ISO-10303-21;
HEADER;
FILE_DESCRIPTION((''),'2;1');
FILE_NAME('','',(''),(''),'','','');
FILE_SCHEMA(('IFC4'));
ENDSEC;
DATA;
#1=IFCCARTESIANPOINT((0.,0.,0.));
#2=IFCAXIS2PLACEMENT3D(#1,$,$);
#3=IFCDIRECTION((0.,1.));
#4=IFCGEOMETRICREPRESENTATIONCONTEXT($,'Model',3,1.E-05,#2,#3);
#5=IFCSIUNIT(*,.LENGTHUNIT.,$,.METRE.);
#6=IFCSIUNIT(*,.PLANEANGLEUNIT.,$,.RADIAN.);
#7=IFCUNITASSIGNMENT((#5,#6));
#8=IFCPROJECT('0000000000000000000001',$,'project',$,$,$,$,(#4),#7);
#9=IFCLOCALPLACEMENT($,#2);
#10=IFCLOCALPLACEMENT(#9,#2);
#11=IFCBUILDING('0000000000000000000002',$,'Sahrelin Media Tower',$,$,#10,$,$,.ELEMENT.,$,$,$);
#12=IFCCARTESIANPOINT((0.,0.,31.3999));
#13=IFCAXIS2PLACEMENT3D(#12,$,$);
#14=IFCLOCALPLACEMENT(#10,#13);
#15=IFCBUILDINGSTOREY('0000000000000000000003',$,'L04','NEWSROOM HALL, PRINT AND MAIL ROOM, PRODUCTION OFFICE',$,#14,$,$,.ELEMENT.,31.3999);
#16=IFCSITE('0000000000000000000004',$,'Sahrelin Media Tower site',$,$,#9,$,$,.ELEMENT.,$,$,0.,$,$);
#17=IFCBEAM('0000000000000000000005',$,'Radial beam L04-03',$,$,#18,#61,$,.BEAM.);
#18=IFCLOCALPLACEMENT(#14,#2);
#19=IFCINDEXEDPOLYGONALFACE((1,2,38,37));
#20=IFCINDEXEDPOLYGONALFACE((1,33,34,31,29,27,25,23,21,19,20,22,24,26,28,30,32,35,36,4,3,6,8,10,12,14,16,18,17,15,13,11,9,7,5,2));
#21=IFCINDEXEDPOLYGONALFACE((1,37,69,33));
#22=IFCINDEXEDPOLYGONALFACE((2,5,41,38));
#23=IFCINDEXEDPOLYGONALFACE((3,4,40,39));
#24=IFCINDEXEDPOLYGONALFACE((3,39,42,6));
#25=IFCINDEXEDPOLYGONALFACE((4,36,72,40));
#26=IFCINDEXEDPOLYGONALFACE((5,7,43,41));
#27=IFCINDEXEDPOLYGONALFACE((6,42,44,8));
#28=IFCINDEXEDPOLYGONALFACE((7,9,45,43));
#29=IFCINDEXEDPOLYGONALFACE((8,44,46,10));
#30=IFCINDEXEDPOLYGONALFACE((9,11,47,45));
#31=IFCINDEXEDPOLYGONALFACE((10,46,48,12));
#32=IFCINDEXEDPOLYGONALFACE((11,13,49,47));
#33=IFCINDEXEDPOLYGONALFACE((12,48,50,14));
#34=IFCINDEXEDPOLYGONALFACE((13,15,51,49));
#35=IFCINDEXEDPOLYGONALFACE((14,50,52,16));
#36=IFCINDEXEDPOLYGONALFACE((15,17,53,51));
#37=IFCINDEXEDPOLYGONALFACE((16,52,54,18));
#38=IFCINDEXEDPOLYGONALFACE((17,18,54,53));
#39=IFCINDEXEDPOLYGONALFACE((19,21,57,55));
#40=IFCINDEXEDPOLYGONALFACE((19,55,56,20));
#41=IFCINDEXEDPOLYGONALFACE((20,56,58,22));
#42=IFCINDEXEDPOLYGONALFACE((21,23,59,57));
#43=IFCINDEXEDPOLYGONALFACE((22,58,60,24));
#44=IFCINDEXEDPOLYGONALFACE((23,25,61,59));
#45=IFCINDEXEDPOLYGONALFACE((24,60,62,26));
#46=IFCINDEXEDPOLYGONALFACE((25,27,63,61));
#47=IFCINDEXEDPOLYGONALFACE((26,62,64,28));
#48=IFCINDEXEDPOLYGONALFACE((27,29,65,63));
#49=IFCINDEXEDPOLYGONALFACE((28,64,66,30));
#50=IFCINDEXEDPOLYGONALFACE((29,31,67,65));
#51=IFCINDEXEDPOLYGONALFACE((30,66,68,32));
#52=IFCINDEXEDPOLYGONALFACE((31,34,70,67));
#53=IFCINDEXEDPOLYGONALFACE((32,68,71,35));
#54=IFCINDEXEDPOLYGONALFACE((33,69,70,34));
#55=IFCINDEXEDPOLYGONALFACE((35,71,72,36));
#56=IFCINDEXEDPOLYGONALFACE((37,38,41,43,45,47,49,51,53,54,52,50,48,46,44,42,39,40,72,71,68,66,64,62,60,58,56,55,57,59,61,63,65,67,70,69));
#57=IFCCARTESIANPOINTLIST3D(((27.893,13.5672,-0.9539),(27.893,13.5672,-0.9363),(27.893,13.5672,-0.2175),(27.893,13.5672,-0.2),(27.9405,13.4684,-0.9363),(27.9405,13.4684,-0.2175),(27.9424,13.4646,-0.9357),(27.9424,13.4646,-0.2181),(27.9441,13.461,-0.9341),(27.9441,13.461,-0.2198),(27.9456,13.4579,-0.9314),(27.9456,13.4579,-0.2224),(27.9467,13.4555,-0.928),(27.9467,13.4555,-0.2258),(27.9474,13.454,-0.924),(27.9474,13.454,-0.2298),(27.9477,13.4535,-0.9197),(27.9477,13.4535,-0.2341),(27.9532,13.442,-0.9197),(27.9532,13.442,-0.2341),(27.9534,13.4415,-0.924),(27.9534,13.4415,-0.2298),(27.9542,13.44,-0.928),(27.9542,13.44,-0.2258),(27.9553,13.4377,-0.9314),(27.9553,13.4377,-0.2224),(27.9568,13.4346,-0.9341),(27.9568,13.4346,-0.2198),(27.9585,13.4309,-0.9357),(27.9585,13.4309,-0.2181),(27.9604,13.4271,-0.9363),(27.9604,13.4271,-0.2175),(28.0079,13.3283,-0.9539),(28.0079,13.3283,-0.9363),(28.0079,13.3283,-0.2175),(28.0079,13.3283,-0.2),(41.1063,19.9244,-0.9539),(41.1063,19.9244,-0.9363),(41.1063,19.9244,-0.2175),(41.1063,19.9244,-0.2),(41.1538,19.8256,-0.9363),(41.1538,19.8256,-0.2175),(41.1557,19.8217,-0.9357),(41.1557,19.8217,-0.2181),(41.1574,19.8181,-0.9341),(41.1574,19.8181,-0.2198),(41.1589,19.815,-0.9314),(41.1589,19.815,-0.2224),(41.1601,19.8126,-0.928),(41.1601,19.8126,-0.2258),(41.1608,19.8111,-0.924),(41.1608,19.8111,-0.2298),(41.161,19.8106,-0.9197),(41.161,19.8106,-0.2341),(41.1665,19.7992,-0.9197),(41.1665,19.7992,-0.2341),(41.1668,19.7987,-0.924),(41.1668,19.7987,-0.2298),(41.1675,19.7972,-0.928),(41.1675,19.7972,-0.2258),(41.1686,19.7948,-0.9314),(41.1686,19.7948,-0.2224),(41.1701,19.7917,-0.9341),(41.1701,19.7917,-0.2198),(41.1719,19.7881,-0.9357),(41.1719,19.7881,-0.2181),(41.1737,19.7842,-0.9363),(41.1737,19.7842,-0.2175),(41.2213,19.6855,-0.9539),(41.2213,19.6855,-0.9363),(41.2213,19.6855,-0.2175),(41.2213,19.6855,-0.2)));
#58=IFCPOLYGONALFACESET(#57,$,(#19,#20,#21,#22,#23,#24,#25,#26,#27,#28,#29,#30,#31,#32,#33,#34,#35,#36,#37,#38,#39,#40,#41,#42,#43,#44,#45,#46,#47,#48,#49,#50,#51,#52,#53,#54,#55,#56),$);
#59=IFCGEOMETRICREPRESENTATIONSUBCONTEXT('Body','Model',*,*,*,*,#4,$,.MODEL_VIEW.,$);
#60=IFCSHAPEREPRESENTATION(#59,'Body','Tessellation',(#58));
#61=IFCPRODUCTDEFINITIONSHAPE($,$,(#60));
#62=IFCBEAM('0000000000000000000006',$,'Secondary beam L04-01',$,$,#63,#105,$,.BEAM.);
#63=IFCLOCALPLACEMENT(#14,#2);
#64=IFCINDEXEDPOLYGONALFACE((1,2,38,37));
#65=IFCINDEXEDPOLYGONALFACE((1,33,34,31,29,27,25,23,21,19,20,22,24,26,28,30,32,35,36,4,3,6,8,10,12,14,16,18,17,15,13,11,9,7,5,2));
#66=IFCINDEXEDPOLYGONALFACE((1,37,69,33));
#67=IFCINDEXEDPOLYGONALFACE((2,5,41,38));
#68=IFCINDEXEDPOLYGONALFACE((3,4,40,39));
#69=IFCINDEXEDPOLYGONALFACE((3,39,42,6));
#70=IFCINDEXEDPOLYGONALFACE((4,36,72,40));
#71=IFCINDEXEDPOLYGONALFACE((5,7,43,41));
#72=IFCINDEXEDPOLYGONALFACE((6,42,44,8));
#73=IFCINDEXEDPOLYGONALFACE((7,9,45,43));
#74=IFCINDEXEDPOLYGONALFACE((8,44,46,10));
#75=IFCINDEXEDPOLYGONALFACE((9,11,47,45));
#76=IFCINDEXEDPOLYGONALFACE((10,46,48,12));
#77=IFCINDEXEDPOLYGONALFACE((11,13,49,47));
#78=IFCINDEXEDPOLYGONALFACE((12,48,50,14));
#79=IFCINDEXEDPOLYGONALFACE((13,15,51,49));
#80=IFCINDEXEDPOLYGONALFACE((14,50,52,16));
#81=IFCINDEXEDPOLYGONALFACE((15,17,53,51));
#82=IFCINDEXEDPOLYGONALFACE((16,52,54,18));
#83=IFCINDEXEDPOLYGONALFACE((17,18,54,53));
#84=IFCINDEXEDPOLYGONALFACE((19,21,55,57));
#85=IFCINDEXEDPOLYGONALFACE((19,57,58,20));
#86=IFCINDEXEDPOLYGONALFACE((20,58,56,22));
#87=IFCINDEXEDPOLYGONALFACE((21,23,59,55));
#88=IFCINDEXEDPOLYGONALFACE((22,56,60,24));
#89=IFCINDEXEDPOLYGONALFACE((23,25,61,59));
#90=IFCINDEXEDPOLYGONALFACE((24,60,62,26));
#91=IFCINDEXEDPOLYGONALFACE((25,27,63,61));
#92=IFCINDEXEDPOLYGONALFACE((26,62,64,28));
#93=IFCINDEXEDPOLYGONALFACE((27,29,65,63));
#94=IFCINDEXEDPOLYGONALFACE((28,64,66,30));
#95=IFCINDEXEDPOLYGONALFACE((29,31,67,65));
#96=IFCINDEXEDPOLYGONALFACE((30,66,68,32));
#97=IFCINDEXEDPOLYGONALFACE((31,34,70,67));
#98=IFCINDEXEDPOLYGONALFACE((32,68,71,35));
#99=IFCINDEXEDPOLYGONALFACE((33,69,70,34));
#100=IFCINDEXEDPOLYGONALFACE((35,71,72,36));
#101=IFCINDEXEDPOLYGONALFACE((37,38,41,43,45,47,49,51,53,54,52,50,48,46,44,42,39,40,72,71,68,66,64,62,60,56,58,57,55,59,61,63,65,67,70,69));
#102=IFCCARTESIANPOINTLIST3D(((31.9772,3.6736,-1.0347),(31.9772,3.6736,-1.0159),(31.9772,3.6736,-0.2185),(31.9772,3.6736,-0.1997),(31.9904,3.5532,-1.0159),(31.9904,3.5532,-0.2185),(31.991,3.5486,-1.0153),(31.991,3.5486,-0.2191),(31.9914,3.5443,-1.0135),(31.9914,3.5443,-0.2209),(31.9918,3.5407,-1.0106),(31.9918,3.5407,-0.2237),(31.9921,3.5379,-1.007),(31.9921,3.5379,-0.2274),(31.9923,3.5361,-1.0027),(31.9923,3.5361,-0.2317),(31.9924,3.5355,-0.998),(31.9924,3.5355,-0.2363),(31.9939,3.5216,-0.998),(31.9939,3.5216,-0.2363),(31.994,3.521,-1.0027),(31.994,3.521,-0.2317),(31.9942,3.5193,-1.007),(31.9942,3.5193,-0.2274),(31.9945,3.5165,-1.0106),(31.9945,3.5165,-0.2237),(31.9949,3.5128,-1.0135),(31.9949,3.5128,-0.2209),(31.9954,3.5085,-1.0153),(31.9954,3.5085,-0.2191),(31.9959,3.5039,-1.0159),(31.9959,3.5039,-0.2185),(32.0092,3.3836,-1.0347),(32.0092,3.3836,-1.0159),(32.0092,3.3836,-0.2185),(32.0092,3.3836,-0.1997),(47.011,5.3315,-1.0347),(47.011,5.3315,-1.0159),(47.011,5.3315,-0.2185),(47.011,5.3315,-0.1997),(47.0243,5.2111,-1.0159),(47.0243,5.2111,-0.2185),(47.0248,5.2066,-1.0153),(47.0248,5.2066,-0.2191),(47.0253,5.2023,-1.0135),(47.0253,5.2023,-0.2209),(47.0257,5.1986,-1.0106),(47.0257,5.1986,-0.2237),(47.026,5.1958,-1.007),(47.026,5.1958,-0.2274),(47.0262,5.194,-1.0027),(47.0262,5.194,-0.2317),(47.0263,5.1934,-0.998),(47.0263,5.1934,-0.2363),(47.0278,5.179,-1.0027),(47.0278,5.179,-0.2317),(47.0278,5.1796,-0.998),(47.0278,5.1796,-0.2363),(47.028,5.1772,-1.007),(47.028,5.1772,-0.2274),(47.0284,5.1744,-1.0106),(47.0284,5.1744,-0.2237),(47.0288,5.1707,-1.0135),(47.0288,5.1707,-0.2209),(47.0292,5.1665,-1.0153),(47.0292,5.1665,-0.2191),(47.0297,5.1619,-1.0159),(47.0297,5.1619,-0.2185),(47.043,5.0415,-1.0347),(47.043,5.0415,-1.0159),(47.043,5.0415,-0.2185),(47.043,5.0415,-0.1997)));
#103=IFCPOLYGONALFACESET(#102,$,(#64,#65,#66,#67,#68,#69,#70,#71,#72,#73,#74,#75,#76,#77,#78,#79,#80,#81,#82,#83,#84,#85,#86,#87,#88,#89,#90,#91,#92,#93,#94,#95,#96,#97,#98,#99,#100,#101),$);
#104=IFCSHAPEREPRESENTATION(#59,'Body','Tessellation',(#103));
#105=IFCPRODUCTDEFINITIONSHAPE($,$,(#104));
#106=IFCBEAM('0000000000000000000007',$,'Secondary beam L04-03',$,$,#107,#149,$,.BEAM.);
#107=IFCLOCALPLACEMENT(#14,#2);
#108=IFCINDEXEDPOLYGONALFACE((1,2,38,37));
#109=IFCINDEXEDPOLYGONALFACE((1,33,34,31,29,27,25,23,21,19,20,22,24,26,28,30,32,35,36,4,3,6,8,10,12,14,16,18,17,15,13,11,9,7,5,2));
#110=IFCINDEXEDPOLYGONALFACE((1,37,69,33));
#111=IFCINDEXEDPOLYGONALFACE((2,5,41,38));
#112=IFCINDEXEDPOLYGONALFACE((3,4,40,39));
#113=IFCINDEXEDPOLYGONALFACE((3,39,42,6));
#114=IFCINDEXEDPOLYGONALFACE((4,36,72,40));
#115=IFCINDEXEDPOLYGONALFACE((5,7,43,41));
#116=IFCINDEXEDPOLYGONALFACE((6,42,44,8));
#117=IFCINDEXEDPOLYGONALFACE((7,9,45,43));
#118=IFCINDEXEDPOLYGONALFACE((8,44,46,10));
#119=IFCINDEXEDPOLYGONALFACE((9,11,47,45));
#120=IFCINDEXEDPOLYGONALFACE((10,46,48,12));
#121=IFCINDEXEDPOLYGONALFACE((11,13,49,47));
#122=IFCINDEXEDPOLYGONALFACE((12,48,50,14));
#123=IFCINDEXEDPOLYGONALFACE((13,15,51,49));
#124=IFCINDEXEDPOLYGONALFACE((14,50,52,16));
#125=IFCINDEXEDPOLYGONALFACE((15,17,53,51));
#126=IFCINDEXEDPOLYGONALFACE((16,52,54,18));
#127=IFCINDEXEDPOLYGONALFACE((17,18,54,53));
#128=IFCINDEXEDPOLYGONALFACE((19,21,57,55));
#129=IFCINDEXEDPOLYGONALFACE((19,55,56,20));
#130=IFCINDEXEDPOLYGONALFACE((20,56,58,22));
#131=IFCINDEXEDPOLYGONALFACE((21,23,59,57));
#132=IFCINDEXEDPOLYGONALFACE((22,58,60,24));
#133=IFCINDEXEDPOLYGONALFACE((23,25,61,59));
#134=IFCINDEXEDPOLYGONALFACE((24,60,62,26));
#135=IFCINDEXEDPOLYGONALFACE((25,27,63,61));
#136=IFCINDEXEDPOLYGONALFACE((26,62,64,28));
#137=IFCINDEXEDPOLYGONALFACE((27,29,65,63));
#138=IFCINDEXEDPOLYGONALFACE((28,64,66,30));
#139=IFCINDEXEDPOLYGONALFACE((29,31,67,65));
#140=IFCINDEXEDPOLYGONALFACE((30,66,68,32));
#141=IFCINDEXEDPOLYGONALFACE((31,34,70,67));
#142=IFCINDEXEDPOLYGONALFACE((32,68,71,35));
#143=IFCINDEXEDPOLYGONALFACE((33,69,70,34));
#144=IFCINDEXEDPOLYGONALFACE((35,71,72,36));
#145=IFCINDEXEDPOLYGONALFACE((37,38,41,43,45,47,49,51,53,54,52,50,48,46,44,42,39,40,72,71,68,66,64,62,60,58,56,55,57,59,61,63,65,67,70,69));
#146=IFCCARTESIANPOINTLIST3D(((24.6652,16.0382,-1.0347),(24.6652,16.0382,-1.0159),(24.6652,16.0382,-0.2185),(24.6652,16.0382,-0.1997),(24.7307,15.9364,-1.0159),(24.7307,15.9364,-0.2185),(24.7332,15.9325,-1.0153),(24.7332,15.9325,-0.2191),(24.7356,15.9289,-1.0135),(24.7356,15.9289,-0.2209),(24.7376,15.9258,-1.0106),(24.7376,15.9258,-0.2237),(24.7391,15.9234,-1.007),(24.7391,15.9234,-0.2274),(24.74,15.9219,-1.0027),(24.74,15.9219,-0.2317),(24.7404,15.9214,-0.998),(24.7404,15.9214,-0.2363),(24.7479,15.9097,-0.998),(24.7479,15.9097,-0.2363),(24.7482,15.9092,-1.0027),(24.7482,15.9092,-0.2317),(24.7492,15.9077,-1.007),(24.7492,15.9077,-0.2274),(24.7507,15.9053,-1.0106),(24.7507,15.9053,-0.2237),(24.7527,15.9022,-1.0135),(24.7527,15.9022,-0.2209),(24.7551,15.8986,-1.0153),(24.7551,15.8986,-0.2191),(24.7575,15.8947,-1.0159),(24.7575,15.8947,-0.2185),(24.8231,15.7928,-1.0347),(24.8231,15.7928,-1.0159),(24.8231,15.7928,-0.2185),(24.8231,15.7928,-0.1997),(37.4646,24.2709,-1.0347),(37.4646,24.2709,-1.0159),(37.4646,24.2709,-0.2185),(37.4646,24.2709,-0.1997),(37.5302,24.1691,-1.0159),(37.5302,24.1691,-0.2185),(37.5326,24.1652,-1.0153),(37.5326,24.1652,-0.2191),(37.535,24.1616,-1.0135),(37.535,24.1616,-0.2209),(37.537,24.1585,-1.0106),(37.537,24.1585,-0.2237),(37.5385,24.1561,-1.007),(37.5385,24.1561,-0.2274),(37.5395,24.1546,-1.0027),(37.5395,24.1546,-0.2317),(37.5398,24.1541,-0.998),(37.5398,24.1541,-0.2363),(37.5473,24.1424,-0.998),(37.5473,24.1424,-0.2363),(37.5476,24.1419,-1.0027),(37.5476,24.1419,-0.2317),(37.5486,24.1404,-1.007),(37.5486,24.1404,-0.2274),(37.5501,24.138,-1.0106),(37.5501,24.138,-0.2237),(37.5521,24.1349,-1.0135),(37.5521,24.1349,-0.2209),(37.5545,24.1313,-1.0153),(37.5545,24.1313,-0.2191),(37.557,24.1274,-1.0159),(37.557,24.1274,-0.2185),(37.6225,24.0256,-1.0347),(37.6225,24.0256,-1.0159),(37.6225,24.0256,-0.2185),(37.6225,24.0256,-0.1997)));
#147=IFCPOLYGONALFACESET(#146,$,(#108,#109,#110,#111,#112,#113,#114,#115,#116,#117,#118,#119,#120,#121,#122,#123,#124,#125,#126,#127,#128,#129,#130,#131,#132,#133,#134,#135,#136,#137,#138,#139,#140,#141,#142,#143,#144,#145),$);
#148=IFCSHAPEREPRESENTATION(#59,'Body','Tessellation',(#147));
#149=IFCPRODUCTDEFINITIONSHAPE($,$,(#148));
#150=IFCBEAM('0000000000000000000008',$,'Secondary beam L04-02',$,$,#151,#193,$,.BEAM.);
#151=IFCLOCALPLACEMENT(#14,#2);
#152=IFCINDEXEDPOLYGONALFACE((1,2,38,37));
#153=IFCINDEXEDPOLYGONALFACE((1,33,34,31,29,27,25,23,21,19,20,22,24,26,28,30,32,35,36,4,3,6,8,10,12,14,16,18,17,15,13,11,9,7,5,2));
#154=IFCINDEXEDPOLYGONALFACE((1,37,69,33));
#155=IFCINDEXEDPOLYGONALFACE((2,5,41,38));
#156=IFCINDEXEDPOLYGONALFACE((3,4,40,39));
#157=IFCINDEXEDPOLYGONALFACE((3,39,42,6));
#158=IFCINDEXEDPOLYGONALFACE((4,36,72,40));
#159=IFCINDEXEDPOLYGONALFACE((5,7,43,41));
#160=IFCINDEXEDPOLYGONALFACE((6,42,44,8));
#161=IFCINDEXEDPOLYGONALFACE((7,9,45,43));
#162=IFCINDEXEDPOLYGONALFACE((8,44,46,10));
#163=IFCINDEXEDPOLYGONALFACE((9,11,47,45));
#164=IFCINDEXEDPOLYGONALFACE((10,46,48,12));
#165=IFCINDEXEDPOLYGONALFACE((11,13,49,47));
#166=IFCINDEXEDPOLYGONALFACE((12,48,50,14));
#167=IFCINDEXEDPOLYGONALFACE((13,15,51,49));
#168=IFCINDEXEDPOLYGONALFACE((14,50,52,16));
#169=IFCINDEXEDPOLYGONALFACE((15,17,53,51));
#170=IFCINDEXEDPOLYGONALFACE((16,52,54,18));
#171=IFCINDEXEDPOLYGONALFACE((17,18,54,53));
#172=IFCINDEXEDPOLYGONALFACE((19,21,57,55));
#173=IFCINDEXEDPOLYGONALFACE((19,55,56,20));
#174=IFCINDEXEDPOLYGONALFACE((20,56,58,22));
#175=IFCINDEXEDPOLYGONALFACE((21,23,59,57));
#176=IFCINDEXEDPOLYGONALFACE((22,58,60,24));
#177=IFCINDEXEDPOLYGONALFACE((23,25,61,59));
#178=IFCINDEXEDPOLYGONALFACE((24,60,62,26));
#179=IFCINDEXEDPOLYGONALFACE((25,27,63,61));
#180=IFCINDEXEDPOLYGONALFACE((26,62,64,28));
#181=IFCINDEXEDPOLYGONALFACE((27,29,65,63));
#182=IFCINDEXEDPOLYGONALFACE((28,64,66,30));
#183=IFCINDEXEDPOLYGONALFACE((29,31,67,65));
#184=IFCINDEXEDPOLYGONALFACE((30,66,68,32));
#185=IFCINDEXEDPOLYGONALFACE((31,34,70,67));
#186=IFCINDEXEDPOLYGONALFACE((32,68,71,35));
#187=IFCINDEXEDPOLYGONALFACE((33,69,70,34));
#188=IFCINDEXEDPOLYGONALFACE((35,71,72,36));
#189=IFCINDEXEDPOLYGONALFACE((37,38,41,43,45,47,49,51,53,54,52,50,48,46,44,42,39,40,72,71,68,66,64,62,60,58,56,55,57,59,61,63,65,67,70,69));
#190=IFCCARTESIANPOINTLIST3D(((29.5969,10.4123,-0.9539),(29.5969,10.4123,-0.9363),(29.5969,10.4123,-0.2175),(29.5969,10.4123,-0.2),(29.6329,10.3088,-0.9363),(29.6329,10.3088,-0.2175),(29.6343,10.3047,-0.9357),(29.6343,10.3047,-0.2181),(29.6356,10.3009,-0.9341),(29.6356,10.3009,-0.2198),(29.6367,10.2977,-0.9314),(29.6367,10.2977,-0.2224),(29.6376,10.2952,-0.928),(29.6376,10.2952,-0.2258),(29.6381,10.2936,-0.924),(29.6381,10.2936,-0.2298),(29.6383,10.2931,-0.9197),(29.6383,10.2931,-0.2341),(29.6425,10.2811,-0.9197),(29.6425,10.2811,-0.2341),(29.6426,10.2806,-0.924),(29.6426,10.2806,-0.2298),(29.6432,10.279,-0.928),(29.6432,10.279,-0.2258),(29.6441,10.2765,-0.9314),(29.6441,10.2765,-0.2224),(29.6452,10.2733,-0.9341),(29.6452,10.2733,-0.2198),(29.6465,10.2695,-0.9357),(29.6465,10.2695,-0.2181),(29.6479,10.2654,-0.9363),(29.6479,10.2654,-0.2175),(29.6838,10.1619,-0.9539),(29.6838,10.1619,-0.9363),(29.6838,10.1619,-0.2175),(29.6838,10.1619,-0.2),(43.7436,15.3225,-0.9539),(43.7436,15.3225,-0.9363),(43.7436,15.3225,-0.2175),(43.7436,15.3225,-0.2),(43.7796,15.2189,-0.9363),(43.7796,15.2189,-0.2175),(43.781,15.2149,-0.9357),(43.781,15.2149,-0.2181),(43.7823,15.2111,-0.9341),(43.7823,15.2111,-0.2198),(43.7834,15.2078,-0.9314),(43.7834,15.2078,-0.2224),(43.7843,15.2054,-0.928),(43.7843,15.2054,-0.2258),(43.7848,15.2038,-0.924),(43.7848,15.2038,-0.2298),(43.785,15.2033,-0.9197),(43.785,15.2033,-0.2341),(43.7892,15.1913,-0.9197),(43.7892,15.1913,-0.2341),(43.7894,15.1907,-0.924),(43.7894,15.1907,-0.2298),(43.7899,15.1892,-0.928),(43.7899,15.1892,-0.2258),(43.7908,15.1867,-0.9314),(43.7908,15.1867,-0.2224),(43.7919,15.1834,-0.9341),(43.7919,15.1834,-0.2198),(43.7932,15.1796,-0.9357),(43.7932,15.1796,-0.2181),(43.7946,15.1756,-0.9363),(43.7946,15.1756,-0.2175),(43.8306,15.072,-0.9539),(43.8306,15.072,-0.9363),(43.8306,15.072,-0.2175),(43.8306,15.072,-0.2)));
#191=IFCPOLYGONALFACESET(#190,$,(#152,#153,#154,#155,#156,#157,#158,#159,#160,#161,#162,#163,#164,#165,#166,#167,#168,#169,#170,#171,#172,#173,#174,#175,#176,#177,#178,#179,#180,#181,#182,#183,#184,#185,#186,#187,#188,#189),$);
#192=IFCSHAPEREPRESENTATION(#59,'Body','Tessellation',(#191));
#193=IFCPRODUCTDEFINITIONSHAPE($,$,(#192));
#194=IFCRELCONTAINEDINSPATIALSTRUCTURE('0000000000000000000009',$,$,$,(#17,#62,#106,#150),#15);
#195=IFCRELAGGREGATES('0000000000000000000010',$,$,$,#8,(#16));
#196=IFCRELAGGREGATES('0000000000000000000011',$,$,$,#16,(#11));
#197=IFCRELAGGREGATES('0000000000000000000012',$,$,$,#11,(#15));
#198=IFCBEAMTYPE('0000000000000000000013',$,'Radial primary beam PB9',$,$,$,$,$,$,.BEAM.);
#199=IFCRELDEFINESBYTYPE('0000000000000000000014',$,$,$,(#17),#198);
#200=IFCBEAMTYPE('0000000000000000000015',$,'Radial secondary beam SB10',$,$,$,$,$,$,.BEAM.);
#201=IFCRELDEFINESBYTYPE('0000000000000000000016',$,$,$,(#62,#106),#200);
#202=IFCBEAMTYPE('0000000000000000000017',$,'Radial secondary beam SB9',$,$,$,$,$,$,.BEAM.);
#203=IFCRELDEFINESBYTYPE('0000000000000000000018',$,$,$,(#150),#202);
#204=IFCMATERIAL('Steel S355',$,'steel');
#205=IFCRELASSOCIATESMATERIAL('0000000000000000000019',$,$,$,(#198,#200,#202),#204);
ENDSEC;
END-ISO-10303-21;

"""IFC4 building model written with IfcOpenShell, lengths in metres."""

from ifc_helpers import new_model, si_unit, direction, frame, origin, origin_2d, place, context, subcontext, project, spatial, i_section, extrude, material, material_profile, profile_set, type_object, element, save


model = new_model("IFC4")

# Units and contexts
model_context = context("Model", 3, precision=1e-05, world=origin(), true_north=direction((0.0, 1.0)))
body_context = subcontext(model_context, "Body", "Model", "MODEL_VIEW")
ifc_project = project(units=[si_unit("LENGTHUNIT", "METRE"), si_unit("PLANEANGLEUNIT", "RADIAN")], contexts=[model_context])

# Site, building, storey
site_placement = place(None, origin())
site = spatial("IfcSite", under=ifc_project, at=site_placement, Name="Sahrelin Media Tower site", CompositionType="ELEMENT", RefElevation=0.0)
building_placement = place(site_placement, origin())
building = spatial("IfcBuilding", under=site, at=building_placement, Name="Sahrelin Media Tower", CompositionType="ELEMENT")
storey_placement = place(building_placement, frame((0.0, 0.0, 31.3999)))
storey = spatial("IfcBuildingStorey", under=building, at=storey_placement, Name="L04", Description="NEWSROOM HALL, PRINT AND MAIL ROOM, PRODUCTION OFFICE", CompositionType="ELEMENT", Elevation=31.3999)

# Beams
ifc_material_1 = material(Name="Steel S355", Category="steel")
ifc_material_profile_1 = material_profile(ifc_material_1, i_section(OverallWidth=0.2651, OverallDepth=0.7539, WebThickness=0.0127, FlangeThickness=0.0176, FilletRadius=0.0166, at=origin_2d()), Name="UB 762x267x147")
ifc_profile_set_1 = profile_set([ifc_material_profile_1], Name="Steel S355")
beam_type_1 = type_object("IfcBeamType", Name="Radial primary beam PB9", PredefinedType="BEAM", material=ifc_profile_set_1)
beam_1_placement = place(storey_placement, frame((27.9504, 13.4478, -0.5769), z_axis=(0.90113, 0.433549, 0.0), x_axis=(-0.433549, 0.90113, 0.0)))
element("IfcBeam", 1, at=beam_1_placement, inside=storey, type_object=beam_type_1, Name="Radial beam L04-03", PredefinedType="BEAM", context=body_context, shape_type="SweptSolid", body=[
    extrude(i_section(OverallWidth=0.2651, OverallDepth=0.7539, WebThickness=0.0127, FlangeThickness=0.0176, FilletRadius=0.0166, at=origin_2d()), origin(), (0.0, 0.0, 1.0), 14.6631),
])
ifc_material_profile_2 = material_profile(ifc_material_1, i_section(OverallWidth=0.2917, OverallDepth=0.835, WebThickness=0.0139, FlangeThickness=0.0188, FilletRadius=0.0178, at=origin_2d()), Name="UB 838x292x176")
ifc_profile_set_2 = profile_set([ifc_material_profile_2], Name="Steel S355")
beam_type_2 = type_object("IfcBeamType", Name="Radial secondary beam SB10", PredefinedType="BEAM", material=ifc_profile_set_2)
beam_2_placement = place(storey_placement, frame((31.9932, 3.5286, -0.6172), z_axis=(0.993974, 0.109617, 0.0), x_axis=(-0.109617, 0.993974, 0.0)))
element("IfcBeam", 2, at=beam_2_placement, inside=storey, type_object=beam_type_2, Name="Secondary beam L04-01", PredefinedType="BEAM", context=body_context, shape_type="SweptSolid", body=[
    extrude(i_section(OverallWidth=0.2917, OverallDepth=0.835, WebThickness=0.0139, FlangeThickness=0.0188, FilletRadius=0.0178, at=origin_2d()), origin(), (0.0, 0.0, 1.0), 15.125),
])
beam_3_placement = place(storey_placement, frame((24.7441, 15.9155, -0.6172), z_axis=(0.841043, 0.540968, 0.0), x_axis=(-0.540968, 0.841043, 0.0)))
element("IfcBeam", 3, at=beam_3_placement, inside=storey, type_object=beam_type_2, Name="Secondary beam L04-03", PredefinedType="BEAM", context=body_context, shape_type="SweptSolid", body=[
    extrude(i_section(OverallWidth=0.2917, OverallDepth=0.835, WebThickness=0.0139, FlangeThickness=0.0188, FilletRadius=0.0178, at=origin_2d()), origin(), (0.0, 0.0, 1.0), 15.2185),
])
ifc_material_profile_3 = material_profile(ifc_material_1, i_section(OverallWidth=0.2651, OverallDepth=0.7539, WebThickness=0.0127, FlangeThickness=0.0176, FilletRadius=0.0166, at=origin_2d()), Name="UB 762x267x147")
ifc_profile_set_3 = profile_set([ifc_material_profile_3], Name="Steel S355")
beam_type_3 = type_object("IfcBeamType", Name="Radial secondary beam SB9", PredefinedType="BEAM", material=ifc_profile_set_3)
beam_4_placement = place(storey_placement, frame((29.6404, 10.2871, -0.5769), z_axis=(0.944713, 0.327898, 0.0), x_axis=(-0.327898, 0.944713, 0.0)))
element("IfcBeam", 4, at=beam_4_placement, inside=storey, type_object=beam_type_3, Name="Secondary beam L04-02", PredefinedType="BEAM", context=body_context, shape_type="SweptSolid", body=[
    extrude(i_section(OverallWidth=0.2651, OverallDepth=0.7539, WebThickness=0.0127, FlangeThickness=0.0176, FilletRadius=0.0166, at=origin_2d()), origin(), (0.0, 0.0, 1.0), 14.9746),
])

save(model, "model.ifc")
